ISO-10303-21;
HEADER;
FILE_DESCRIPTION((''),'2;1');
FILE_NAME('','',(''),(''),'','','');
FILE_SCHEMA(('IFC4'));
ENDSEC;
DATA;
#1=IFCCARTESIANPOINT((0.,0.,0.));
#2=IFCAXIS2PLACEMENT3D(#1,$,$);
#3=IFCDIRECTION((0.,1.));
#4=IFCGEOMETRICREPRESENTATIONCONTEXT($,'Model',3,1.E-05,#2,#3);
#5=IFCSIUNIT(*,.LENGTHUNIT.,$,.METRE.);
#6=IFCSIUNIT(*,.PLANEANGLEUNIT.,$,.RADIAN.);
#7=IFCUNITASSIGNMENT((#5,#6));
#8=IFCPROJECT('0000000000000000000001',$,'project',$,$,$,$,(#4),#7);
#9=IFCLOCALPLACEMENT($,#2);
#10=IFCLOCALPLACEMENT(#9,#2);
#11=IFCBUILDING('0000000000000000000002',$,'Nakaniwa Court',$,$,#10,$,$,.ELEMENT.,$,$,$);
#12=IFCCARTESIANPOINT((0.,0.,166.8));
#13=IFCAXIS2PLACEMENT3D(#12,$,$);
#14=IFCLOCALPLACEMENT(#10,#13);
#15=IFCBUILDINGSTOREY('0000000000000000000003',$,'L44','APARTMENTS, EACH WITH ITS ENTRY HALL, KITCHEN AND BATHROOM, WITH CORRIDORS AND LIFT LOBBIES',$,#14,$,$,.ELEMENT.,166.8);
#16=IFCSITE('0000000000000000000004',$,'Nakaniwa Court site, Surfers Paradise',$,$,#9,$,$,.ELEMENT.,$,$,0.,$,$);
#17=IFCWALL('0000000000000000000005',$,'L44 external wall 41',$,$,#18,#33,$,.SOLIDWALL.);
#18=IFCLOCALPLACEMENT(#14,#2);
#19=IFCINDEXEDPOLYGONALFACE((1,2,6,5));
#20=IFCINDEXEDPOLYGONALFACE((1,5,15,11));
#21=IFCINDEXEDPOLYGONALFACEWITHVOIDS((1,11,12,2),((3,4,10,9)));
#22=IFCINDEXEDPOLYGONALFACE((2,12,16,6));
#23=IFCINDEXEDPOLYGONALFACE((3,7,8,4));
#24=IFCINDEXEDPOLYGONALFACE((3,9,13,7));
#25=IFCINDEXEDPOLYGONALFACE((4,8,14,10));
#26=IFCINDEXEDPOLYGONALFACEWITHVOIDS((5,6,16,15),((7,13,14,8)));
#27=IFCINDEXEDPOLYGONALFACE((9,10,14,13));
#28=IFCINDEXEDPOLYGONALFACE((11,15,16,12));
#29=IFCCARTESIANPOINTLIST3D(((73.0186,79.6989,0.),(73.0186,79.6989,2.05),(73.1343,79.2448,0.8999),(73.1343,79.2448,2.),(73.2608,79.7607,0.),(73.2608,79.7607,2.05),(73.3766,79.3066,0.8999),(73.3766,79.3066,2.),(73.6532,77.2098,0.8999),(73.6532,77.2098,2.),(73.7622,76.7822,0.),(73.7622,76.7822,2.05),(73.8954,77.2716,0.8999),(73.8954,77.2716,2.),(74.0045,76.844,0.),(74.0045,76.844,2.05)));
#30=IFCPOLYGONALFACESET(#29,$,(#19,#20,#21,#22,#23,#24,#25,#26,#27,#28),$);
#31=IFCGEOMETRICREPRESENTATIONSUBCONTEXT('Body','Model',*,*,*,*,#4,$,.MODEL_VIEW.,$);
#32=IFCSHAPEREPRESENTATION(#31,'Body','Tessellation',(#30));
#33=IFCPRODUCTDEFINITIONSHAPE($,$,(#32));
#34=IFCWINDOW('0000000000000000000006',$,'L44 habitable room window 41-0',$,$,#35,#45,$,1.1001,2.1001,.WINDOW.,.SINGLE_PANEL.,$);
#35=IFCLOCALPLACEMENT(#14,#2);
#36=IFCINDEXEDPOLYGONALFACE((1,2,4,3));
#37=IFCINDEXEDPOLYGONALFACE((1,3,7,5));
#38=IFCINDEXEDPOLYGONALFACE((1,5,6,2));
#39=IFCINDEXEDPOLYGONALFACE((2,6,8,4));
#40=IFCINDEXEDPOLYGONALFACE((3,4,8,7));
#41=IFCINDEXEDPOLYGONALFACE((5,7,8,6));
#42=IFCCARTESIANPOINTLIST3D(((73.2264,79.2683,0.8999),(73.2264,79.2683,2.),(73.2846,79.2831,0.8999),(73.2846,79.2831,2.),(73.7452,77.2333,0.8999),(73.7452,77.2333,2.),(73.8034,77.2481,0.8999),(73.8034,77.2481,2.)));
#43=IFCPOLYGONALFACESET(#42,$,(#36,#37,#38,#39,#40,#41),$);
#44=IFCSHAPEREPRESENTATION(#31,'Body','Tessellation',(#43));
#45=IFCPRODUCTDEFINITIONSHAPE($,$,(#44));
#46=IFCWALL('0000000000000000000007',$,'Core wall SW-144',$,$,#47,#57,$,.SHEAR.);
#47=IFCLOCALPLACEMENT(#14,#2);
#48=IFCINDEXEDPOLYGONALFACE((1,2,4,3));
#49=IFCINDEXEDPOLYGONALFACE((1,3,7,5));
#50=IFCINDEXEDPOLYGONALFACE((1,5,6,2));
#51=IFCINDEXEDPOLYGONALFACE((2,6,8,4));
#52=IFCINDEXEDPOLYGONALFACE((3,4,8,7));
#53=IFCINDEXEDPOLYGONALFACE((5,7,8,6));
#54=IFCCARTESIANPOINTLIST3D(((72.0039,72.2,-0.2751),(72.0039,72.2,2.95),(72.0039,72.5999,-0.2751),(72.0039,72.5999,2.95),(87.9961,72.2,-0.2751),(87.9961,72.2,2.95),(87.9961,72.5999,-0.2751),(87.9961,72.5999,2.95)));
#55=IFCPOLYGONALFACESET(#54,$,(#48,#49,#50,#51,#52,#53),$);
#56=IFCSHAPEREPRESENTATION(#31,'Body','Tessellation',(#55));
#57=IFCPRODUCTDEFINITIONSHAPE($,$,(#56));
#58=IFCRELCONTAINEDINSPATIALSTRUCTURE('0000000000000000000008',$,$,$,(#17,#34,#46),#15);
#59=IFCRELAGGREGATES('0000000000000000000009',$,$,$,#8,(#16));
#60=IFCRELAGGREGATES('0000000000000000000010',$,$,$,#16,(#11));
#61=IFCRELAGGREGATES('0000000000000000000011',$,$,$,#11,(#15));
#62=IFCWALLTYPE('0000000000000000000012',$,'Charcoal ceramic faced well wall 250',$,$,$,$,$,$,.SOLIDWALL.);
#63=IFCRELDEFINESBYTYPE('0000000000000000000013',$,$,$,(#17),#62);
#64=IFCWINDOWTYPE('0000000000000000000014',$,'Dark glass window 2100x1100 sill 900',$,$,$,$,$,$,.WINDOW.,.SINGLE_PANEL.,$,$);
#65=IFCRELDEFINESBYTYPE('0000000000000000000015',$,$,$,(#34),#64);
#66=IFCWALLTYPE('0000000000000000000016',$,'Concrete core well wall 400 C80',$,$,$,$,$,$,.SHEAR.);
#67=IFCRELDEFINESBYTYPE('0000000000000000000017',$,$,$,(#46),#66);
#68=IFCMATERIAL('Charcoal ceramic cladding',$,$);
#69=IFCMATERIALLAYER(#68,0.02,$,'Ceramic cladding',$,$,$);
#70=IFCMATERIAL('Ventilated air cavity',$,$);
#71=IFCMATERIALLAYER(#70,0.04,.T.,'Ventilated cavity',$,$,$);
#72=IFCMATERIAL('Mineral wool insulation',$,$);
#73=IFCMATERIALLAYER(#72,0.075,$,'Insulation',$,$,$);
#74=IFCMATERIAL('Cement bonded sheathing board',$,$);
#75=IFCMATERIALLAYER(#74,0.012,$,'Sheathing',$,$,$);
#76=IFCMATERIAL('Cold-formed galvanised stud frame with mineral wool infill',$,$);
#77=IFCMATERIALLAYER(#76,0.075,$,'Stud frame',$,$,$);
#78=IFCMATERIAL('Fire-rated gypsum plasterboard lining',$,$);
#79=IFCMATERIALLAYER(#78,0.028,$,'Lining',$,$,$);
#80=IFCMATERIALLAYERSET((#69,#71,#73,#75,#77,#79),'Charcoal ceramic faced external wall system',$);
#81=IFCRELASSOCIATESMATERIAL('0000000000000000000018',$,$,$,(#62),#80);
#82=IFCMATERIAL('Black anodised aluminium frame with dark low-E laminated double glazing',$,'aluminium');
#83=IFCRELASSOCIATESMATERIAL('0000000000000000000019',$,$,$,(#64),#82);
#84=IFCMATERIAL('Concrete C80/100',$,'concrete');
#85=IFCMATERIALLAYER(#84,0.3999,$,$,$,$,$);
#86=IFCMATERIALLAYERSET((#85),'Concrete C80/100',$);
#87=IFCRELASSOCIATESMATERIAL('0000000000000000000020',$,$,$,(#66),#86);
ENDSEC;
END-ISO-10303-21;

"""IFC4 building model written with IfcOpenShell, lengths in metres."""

from ifc_helpers import new_model, si_unit, direction, frame, frame_2d, origin, place, context, subcontext, project, spatial, rectangle, extrude, material, layer, layer_set, type_object, element, fill, save


model = new_model("IFC4")

# Units and contexts
model_context = context("Model", 3, precision=1e-05, world=origin(), true_north=direction((0.0, 1.0)))
body_context = subcontext(model_context, "Body", "Model", "MODEL_VIEW")
ifc_project = project(units=[si_unit("LENGTHUNIT", "METRE"), si_unit("PLANEANGLEUNIT", "RADIAN")], contexts=[model_context])

# Site, building, storey
site_placement = place(None, origin())
site = spatial("IfcSite", under=ifc_project, at=site_placement, Name="Nakaniwa Court site, Surfers Paradise", CompositionType="ELEMENT", RefElevation=0.0)
building_placement = place(site_placement, origin())
building = spatial("IfcBuilding", under=site, at=building_placement, Name="Nakaniwa Court", CompositionType="ELEMENT")
storey_placement = place(building_placement, frame((0.0, 0.0, 166.8)))
storey = spatial("IfcBuildingStorey", under=building, at=storey_placement, Name="L44", Description="APARTMENTS, EACH WITH ITS ENTRY HALL, KITCHEN AND BATHROOM, WITH CORRIDORS AND LIFT LOBBIES", CompositionType="ELEMENT", Elevation=166.8)

# Shared definitions
ifc_material_1 = material(Name="Concrete C80/100", Category="concrete")

# Wall, opening, window
ifc_material_2 = material(Name="Charcoal ceramic cladding")
ifc_layer_1 = layer(ifc_material_2, 0.02, Name="Ceramic cladding")
ifc_material_3 = material(Name="Ventilated air cavity")
ifc_layer_2 = layer(ifc_material_3, 0.04, ventilated=True, Name="Ventilated cavity")
ifc_material_4 = material(Name="Mineral wool insulation")
ifc_layer_3 = layer(ifc_material_4, 0.075, Name="Insulation")
ifc_material_5 = material(Name="Cement bonded sheathing board")
ifc_layer_4 = layer(ifc_material_5, 0.012, Name="Sheathing")
ifc_material_6 = material(Name="Cold-formed galvanised stud frame with mineral wool infill")
ifc_layer_5 = layer(ifc_material_6, 0.075, Name="Stud frame")
ifc_material_7 = material(Name="Fire-rated gypsum plasterboard lining")
ifc_layer_6 = layer(ifc_material_7, 0.028, Name="Lining")
ifc_layer_set_1 = layer_set([ifc_layer_1, ifc_layer_2, ifc_layer_3, ifc_layer_4, ifc_layer_5, ifc_layer_6], Name="Charcoal ceramic faced external wall system")
wall_type_1 = type_object("IfcWallType", Name="Charcoal ceramic faced well wall 250", PredefinedType="SOLIDWALL", material=ifc_layer_set_1)
ifc_material_8 = material(Name="Black anodised aluminium frame with dark low-E laminated double glazing", Category="aluminium")
window_type = type_object("IfcWindowType", Name="Dark glass window 2100x1100 sill 900", PartitioningType="SINGLE_PANEL", PredefinedType="WINDOW", material=ifc_material_8)
wall_1_placement = place(storey_placement, frame((73.8833, 76.8132, 0.0), z_axis=(0.0, 0.0, 1.0), x_axis=(-0.247056, 0.969001, 0.0)))
wall_1 = element("IfcWall", 1, at=wall_1_placement, inside=storey, type_object=wall_type_1, Name="L44 external wall 41", PredefinedType="SOLIDWALL", context=body_context, shape_type="SweptSolid", body=[
    extrude(rectangle(XDim=3.01, YDim=0.25, at=frame_2d((1.5049, 0.0))), origin(), (0.0, 0.0, 1.0), 2.05),
])
opening_1_placement = place(wall_1_placement, frame((0.4412, 0.0, 0.8999)))
opening_1 = element("IfcOpeningElement", 2, at=opening_1_placement, cuts=wall_1, PredefinedType="OPENING", context=body_context, shape_type="SweptSolid", body=[
    extrude(rectangle(XDim=2.1001, YDim=1.1001, at=frame_2d((1.05, 0.55))), frame((0.0, 0.135, 0.0), z_axis=(0.0, -1.0, 0.0), x_axis=(1.0, 0.0, 0.0)), (0.0, 0.0, 1.0), 0.27),
])
window_1_placement = place(opening_1_placement, origin())
window_1 = element("IfcWindow", 3, at=window_1_placement, inside=storey, type_object=window_type, Name="L44 habitable room window 41-0", OverallHeight=1.1001, OverallWidth=2.1001, PartitioningType="SINGLE_PANEL", PredefinedType="WINDOW", context=body_context, shape_type="SweptSolid", body=[
    extrude(rectangle(XDim=2.1001, YDim=1.1001, at=frame_2d((1.05, 0.55))), frame((0.0, 0.03, 0.0), z_axis=(0.0, -1.0, 0.0), x_axis=(1.0, 0.0, 0.0)), (0.0, 0.0, 1.0), 0.0601),
])
fill(opening_1, window_1)

# Wall
ifc_layer_7 = layer(ifc_material_1, 0.3999)
ifc_layer_set_2 = layer_set([ifc_layer_7], Name="Concrete C80/100")
wall_type_2 = type_object("IfcWallType", Name="Concrete core well wall 400 C80", PredefinedType="SHEAR", material=ifc_layer_set_2)
wall_2_placement = place(storey_placement, frame((72.0039, 72.3999, -0.2751), z_axis=(0.0, 0.0, 1.0), x_axis=(1.0, 0.0, 0.0)))
element("IfcWall", 4, at=wall_2_placement, inside=storey, type_object=wall_type_2, Name="Core wall SW-144", PredefinedType="SHEAR", context=body_context, shape_type="SweptSolid", body=[
    extrude(rectangle(XDim=15.9922, YDim=0.3999, at=frame_2d((7.9961, 0.0))), origin(), (0.0, 0.0, 1.0), 3.2251),
])

save(model, "model.ifc")
